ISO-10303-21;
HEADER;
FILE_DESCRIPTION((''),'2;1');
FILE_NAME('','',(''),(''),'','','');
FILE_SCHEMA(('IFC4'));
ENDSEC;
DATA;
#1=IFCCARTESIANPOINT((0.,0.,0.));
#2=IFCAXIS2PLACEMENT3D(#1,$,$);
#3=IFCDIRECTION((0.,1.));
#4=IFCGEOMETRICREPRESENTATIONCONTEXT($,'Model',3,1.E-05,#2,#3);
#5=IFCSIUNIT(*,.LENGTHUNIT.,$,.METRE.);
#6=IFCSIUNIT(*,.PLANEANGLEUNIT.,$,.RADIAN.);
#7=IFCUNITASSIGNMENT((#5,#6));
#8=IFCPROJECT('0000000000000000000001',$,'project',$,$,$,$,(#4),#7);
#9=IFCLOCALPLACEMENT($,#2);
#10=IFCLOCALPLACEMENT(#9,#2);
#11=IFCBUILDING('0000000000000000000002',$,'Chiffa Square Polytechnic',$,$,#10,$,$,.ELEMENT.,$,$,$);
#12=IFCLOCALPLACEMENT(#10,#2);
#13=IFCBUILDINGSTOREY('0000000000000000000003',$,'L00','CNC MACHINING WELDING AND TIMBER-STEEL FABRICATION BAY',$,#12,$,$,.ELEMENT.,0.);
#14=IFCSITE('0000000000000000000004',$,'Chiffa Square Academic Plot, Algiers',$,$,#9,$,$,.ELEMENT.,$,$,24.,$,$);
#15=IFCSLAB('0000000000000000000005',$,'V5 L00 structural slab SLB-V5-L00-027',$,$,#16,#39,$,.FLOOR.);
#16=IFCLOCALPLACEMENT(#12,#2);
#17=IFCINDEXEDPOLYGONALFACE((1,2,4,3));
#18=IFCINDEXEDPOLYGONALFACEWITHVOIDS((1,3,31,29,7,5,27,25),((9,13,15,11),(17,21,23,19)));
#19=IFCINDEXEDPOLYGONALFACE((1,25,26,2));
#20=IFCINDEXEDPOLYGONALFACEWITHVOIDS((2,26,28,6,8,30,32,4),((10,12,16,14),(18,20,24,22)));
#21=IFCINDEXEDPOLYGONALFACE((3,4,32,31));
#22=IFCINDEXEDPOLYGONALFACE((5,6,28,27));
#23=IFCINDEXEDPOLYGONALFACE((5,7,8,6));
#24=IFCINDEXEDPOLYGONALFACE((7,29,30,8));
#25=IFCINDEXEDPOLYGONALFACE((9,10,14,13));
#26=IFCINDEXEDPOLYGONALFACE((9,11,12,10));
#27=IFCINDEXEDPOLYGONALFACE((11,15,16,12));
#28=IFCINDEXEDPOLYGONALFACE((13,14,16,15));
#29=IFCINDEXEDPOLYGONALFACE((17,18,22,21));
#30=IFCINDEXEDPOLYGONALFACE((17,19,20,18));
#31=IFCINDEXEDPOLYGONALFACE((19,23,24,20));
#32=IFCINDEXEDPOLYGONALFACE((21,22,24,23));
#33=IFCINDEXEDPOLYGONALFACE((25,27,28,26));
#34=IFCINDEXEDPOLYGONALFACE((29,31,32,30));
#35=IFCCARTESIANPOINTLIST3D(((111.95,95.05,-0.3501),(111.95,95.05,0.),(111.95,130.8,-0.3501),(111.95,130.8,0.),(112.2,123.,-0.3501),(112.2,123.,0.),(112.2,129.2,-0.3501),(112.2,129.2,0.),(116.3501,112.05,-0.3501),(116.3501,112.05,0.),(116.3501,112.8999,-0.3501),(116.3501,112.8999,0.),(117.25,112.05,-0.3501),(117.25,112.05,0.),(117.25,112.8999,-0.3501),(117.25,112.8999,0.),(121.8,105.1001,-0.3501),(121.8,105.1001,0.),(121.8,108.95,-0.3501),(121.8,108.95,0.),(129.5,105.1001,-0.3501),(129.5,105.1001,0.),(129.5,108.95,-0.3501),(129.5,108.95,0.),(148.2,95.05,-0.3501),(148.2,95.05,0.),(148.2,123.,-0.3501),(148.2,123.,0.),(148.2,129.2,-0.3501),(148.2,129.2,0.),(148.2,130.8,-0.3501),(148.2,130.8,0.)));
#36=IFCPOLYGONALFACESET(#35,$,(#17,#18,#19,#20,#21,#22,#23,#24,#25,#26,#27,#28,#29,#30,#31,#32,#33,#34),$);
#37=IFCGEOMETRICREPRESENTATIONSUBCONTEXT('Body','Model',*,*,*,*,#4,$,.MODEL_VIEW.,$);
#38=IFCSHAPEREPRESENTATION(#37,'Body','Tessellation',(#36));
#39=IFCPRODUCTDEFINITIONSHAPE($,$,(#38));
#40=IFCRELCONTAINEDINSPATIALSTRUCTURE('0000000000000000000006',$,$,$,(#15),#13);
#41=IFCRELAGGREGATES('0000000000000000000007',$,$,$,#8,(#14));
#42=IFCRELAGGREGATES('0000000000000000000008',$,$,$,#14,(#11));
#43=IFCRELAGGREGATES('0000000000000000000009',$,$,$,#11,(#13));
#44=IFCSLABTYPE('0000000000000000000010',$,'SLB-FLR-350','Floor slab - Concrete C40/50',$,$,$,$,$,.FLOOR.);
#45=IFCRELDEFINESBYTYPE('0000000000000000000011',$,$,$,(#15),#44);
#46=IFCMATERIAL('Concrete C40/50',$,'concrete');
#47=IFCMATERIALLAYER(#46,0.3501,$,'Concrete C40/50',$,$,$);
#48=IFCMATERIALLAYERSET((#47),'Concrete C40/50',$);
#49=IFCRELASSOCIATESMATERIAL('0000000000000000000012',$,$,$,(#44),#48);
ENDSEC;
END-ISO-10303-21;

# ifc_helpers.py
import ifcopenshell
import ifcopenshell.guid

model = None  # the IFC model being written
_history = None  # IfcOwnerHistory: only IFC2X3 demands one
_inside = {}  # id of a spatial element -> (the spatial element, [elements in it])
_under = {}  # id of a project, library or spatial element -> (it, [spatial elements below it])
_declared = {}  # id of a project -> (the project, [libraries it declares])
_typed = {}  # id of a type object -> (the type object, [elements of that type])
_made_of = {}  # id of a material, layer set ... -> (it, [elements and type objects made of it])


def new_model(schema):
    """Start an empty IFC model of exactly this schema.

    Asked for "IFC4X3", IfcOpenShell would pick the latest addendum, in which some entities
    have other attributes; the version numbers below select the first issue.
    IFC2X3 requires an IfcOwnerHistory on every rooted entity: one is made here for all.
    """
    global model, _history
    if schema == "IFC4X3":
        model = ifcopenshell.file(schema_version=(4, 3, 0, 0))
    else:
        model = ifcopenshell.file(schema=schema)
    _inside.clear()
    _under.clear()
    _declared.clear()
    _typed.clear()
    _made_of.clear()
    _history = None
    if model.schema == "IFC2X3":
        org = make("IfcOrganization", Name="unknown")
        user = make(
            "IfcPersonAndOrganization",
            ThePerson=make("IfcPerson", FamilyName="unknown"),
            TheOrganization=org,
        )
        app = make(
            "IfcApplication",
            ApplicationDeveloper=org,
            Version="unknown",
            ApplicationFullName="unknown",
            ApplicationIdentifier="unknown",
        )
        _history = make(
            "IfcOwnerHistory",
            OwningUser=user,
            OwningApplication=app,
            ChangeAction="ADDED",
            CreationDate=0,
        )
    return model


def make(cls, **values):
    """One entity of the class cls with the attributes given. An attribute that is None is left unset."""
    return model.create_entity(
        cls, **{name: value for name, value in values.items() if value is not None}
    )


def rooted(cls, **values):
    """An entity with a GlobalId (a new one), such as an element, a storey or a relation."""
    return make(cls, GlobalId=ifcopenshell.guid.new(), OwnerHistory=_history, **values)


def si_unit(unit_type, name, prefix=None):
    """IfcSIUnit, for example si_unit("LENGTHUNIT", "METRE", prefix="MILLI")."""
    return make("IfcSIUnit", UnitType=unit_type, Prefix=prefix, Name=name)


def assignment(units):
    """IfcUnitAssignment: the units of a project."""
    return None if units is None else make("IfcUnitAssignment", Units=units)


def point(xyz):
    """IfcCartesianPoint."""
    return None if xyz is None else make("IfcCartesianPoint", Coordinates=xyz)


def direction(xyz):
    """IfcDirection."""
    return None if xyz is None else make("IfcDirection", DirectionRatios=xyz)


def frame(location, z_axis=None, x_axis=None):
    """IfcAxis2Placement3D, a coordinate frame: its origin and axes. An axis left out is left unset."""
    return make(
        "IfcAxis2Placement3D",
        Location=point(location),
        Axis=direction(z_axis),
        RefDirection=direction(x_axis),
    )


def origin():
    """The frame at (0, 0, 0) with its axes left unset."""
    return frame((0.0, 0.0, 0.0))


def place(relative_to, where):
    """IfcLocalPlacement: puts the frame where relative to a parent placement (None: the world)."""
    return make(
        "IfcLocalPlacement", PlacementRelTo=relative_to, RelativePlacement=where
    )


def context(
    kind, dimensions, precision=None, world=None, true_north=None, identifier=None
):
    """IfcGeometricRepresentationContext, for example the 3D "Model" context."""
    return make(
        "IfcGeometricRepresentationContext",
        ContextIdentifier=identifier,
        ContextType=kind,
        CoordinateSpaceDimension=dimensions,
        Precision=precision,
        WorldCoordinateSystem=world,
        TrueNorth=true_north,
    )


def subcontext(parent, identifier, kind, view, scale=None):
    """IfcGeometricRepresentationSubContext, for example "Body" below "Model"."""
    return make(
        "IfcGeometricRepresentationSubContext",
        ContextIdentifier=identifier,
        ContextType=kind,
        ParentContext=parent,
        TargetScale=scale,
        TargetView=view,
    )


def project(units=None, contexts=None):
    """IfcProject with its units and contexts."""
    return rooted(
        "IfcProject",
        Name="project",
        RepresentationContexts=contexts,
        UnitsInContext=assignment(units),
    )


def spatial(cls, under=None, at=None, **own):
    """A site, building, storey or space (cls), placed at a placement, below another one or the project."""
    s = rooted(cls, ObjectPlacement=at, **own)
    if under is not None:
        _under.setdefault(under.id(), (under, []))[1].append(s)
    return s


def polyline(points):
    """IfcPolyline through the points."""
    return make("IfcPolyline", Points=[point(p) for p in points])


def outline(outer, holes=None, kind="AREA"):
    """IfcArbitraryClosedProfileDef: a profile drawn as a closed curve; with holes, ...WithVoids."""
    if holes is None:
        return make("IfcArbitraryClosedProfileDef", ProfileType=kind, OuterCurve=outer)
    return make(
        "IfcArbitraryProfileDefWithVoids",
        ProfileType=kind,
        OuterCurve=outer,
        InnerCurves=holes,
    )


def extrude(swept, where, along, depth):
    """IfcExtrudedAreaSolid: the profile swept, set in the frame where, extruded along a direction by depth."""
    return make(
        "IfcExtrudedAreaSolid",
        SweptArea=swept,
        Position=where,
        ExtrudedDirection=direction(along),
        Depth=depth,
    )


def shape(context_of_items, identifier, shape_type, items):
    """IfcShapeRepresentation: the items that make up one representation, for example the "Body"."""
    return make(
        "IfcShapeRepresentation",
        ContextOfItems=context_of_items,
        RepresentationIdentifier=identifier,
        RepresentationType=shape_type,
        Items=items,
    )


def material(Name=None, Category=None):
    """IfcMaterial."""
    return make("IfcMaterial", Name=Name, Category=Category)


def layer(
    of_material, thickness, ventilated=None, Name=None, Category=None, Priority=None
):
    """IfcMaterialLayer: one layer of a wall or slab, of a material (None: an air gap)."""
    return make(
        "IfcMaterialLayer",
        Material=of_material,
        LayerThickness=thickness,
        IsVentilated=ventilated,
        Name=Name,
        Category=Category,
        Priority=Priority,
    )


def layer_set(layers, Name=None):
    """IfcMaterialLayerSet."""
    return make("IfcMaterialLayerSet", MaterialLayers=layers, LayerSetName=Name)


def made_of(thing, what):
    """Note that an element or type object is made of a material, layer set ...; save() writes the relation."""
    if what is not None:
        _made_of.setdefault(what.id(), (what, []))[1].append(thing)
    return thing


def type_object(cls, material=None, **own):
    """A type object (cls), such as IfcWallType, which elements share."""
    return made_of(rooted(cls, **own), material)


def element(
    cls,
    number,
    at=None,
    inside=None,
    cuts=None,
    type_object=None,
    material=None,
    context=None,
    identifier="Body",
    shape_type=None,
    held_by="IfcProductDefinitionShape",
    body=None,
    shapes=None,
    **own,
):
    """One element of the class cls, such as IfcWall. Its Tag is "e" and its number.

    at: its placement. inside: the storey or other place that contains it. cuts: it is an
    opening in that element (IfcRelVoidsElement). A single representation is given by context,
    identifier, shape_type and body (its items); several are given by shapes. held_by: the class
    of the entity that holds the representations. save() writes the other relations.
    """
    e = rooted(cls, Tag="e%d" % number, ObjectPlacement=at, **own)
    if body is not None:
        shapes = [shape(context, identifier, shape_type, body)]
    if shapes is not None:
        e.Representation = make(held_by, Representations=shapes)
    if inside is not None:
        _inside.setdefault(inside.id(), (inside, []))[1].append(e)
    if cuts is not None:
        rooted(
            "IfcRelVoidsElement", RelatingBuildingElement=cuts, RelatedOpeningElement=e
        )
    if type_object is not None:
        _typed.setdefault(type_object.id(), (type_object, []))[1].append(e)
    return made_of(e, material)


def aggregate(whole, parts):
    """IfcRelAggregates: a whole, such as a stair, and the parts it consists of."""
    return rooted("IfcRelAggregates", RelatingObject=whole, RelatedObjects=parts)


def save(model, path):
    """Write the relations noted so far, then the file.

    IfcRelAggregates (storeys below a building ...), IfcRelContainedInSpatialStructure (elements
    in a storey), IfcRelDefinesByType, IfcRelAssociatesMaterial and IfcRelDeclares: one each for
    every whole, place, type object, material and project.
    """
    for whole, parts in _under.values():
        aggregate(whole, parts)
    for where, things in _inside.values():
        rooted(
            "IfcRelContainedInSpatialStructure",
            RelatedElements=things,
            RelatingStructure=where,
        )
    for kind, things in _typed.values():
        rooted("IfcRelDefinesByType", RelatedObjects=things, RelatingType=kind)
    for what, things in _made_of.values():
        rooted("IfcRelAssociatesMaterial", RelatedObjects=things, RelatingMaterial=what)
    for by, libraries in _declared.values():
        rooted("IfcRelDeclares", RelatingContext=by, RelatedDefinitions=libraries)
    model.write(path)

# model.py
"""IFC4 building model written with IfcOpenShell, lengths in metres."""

from ifc_helpers import new_model, si_unit, direction, frame, origin, place, context, subcontext, project, spatial, polyline, outline, extrude, material, layer, layer_set, type_object, element, save


model = new_model("IFC4")

# Units and contexts
model_context = context("Model", 3, precision=1e-05, world=origin(), true_north=direction((0.0, 1.0)))
body_context = subcontext(model_context, "Body", "Model", "MODEL_VIEW")
ifc_project = project(units=[si_unit("LENGTHUNIT", "METRE"), si_unit("PLANEANGLEUNIT", "RADIAN")], contexts=[model_context])

# Site, building, storey
site_placement = place(None, origin())
site = spatial("IfcSite", under=ifc_project, at=site_placement, Name="Chiffa Square Academic Plot, Algiers", CompositionType="ELEMENT", RefElevation=24.0)
building_placement = place(site_placement, origin())
building = spatial("IfcBuilding", under=site, at=building_placement, Name="Chiffa Square Polytechnic", CompositionType="ELEMENT")
storey_placement = place(building_placement, origin())
storey = spatial("IfcBuildingStorey", under=building, at=storey_placement, Name="L00", Description="CNC MACHINING WELDING AND TIMBER-STEEL FABRICATION BAY", CompositionType="ELEMENT", Elevation=0.0)

# Slab
ifc_material_1 = material(Name="Concrete C40/50", Category="concrete")
ifc_layer_1 = layer(ifc_material_1, 0.3501, Name="Concrete C40/50")
ifc_layer_set_1 = layer_set([ifc_layer_1], Name="Concrete C40/50")
slab_type_1 = type_object("IfcSlabType", Name="SLB-FLR-350", Description="Floor slab - Concrete C40/50", PredefinedType="FLOOR", material=ifc_layer_set_1)
slab_1_placement = place(storey_placement, frame((0.0, 0.0, -0.3501)))
element("IfcSlab", 1, at=slab_1_placement, inside=storey, type_object=slab_type_1, Name="V5 L00 structural slab SLB-V5-L00-027", PredefinedType="FLOOR", context=body_context, shape_type="SweptSolid", body=[
    extrude(outline(polyline([(148.2, 129.2), (112.2, 129.2), (112.2, 123.0), (148.2, 123.0), (148.2, 95.05), (111.95, 95.05), (111.95, 130.8), (148.2, 130.8), (148.2, 129.2)]), holes=[polyline([(121.8, 108.95), (129.5, 108.95), (129.5, 105.1001), (121.8, 105.1001), (121.8, 108.95)]), polyline([(116.3501, 112.8999), (117.25, 112.8999), (117.25, 112.05), (116.3501, 112.05), (116.3501, 112.8999)])]), origin(), (0.0, 0.0, 1.0), 0.3501),
])

save(model, "model.ifc")
